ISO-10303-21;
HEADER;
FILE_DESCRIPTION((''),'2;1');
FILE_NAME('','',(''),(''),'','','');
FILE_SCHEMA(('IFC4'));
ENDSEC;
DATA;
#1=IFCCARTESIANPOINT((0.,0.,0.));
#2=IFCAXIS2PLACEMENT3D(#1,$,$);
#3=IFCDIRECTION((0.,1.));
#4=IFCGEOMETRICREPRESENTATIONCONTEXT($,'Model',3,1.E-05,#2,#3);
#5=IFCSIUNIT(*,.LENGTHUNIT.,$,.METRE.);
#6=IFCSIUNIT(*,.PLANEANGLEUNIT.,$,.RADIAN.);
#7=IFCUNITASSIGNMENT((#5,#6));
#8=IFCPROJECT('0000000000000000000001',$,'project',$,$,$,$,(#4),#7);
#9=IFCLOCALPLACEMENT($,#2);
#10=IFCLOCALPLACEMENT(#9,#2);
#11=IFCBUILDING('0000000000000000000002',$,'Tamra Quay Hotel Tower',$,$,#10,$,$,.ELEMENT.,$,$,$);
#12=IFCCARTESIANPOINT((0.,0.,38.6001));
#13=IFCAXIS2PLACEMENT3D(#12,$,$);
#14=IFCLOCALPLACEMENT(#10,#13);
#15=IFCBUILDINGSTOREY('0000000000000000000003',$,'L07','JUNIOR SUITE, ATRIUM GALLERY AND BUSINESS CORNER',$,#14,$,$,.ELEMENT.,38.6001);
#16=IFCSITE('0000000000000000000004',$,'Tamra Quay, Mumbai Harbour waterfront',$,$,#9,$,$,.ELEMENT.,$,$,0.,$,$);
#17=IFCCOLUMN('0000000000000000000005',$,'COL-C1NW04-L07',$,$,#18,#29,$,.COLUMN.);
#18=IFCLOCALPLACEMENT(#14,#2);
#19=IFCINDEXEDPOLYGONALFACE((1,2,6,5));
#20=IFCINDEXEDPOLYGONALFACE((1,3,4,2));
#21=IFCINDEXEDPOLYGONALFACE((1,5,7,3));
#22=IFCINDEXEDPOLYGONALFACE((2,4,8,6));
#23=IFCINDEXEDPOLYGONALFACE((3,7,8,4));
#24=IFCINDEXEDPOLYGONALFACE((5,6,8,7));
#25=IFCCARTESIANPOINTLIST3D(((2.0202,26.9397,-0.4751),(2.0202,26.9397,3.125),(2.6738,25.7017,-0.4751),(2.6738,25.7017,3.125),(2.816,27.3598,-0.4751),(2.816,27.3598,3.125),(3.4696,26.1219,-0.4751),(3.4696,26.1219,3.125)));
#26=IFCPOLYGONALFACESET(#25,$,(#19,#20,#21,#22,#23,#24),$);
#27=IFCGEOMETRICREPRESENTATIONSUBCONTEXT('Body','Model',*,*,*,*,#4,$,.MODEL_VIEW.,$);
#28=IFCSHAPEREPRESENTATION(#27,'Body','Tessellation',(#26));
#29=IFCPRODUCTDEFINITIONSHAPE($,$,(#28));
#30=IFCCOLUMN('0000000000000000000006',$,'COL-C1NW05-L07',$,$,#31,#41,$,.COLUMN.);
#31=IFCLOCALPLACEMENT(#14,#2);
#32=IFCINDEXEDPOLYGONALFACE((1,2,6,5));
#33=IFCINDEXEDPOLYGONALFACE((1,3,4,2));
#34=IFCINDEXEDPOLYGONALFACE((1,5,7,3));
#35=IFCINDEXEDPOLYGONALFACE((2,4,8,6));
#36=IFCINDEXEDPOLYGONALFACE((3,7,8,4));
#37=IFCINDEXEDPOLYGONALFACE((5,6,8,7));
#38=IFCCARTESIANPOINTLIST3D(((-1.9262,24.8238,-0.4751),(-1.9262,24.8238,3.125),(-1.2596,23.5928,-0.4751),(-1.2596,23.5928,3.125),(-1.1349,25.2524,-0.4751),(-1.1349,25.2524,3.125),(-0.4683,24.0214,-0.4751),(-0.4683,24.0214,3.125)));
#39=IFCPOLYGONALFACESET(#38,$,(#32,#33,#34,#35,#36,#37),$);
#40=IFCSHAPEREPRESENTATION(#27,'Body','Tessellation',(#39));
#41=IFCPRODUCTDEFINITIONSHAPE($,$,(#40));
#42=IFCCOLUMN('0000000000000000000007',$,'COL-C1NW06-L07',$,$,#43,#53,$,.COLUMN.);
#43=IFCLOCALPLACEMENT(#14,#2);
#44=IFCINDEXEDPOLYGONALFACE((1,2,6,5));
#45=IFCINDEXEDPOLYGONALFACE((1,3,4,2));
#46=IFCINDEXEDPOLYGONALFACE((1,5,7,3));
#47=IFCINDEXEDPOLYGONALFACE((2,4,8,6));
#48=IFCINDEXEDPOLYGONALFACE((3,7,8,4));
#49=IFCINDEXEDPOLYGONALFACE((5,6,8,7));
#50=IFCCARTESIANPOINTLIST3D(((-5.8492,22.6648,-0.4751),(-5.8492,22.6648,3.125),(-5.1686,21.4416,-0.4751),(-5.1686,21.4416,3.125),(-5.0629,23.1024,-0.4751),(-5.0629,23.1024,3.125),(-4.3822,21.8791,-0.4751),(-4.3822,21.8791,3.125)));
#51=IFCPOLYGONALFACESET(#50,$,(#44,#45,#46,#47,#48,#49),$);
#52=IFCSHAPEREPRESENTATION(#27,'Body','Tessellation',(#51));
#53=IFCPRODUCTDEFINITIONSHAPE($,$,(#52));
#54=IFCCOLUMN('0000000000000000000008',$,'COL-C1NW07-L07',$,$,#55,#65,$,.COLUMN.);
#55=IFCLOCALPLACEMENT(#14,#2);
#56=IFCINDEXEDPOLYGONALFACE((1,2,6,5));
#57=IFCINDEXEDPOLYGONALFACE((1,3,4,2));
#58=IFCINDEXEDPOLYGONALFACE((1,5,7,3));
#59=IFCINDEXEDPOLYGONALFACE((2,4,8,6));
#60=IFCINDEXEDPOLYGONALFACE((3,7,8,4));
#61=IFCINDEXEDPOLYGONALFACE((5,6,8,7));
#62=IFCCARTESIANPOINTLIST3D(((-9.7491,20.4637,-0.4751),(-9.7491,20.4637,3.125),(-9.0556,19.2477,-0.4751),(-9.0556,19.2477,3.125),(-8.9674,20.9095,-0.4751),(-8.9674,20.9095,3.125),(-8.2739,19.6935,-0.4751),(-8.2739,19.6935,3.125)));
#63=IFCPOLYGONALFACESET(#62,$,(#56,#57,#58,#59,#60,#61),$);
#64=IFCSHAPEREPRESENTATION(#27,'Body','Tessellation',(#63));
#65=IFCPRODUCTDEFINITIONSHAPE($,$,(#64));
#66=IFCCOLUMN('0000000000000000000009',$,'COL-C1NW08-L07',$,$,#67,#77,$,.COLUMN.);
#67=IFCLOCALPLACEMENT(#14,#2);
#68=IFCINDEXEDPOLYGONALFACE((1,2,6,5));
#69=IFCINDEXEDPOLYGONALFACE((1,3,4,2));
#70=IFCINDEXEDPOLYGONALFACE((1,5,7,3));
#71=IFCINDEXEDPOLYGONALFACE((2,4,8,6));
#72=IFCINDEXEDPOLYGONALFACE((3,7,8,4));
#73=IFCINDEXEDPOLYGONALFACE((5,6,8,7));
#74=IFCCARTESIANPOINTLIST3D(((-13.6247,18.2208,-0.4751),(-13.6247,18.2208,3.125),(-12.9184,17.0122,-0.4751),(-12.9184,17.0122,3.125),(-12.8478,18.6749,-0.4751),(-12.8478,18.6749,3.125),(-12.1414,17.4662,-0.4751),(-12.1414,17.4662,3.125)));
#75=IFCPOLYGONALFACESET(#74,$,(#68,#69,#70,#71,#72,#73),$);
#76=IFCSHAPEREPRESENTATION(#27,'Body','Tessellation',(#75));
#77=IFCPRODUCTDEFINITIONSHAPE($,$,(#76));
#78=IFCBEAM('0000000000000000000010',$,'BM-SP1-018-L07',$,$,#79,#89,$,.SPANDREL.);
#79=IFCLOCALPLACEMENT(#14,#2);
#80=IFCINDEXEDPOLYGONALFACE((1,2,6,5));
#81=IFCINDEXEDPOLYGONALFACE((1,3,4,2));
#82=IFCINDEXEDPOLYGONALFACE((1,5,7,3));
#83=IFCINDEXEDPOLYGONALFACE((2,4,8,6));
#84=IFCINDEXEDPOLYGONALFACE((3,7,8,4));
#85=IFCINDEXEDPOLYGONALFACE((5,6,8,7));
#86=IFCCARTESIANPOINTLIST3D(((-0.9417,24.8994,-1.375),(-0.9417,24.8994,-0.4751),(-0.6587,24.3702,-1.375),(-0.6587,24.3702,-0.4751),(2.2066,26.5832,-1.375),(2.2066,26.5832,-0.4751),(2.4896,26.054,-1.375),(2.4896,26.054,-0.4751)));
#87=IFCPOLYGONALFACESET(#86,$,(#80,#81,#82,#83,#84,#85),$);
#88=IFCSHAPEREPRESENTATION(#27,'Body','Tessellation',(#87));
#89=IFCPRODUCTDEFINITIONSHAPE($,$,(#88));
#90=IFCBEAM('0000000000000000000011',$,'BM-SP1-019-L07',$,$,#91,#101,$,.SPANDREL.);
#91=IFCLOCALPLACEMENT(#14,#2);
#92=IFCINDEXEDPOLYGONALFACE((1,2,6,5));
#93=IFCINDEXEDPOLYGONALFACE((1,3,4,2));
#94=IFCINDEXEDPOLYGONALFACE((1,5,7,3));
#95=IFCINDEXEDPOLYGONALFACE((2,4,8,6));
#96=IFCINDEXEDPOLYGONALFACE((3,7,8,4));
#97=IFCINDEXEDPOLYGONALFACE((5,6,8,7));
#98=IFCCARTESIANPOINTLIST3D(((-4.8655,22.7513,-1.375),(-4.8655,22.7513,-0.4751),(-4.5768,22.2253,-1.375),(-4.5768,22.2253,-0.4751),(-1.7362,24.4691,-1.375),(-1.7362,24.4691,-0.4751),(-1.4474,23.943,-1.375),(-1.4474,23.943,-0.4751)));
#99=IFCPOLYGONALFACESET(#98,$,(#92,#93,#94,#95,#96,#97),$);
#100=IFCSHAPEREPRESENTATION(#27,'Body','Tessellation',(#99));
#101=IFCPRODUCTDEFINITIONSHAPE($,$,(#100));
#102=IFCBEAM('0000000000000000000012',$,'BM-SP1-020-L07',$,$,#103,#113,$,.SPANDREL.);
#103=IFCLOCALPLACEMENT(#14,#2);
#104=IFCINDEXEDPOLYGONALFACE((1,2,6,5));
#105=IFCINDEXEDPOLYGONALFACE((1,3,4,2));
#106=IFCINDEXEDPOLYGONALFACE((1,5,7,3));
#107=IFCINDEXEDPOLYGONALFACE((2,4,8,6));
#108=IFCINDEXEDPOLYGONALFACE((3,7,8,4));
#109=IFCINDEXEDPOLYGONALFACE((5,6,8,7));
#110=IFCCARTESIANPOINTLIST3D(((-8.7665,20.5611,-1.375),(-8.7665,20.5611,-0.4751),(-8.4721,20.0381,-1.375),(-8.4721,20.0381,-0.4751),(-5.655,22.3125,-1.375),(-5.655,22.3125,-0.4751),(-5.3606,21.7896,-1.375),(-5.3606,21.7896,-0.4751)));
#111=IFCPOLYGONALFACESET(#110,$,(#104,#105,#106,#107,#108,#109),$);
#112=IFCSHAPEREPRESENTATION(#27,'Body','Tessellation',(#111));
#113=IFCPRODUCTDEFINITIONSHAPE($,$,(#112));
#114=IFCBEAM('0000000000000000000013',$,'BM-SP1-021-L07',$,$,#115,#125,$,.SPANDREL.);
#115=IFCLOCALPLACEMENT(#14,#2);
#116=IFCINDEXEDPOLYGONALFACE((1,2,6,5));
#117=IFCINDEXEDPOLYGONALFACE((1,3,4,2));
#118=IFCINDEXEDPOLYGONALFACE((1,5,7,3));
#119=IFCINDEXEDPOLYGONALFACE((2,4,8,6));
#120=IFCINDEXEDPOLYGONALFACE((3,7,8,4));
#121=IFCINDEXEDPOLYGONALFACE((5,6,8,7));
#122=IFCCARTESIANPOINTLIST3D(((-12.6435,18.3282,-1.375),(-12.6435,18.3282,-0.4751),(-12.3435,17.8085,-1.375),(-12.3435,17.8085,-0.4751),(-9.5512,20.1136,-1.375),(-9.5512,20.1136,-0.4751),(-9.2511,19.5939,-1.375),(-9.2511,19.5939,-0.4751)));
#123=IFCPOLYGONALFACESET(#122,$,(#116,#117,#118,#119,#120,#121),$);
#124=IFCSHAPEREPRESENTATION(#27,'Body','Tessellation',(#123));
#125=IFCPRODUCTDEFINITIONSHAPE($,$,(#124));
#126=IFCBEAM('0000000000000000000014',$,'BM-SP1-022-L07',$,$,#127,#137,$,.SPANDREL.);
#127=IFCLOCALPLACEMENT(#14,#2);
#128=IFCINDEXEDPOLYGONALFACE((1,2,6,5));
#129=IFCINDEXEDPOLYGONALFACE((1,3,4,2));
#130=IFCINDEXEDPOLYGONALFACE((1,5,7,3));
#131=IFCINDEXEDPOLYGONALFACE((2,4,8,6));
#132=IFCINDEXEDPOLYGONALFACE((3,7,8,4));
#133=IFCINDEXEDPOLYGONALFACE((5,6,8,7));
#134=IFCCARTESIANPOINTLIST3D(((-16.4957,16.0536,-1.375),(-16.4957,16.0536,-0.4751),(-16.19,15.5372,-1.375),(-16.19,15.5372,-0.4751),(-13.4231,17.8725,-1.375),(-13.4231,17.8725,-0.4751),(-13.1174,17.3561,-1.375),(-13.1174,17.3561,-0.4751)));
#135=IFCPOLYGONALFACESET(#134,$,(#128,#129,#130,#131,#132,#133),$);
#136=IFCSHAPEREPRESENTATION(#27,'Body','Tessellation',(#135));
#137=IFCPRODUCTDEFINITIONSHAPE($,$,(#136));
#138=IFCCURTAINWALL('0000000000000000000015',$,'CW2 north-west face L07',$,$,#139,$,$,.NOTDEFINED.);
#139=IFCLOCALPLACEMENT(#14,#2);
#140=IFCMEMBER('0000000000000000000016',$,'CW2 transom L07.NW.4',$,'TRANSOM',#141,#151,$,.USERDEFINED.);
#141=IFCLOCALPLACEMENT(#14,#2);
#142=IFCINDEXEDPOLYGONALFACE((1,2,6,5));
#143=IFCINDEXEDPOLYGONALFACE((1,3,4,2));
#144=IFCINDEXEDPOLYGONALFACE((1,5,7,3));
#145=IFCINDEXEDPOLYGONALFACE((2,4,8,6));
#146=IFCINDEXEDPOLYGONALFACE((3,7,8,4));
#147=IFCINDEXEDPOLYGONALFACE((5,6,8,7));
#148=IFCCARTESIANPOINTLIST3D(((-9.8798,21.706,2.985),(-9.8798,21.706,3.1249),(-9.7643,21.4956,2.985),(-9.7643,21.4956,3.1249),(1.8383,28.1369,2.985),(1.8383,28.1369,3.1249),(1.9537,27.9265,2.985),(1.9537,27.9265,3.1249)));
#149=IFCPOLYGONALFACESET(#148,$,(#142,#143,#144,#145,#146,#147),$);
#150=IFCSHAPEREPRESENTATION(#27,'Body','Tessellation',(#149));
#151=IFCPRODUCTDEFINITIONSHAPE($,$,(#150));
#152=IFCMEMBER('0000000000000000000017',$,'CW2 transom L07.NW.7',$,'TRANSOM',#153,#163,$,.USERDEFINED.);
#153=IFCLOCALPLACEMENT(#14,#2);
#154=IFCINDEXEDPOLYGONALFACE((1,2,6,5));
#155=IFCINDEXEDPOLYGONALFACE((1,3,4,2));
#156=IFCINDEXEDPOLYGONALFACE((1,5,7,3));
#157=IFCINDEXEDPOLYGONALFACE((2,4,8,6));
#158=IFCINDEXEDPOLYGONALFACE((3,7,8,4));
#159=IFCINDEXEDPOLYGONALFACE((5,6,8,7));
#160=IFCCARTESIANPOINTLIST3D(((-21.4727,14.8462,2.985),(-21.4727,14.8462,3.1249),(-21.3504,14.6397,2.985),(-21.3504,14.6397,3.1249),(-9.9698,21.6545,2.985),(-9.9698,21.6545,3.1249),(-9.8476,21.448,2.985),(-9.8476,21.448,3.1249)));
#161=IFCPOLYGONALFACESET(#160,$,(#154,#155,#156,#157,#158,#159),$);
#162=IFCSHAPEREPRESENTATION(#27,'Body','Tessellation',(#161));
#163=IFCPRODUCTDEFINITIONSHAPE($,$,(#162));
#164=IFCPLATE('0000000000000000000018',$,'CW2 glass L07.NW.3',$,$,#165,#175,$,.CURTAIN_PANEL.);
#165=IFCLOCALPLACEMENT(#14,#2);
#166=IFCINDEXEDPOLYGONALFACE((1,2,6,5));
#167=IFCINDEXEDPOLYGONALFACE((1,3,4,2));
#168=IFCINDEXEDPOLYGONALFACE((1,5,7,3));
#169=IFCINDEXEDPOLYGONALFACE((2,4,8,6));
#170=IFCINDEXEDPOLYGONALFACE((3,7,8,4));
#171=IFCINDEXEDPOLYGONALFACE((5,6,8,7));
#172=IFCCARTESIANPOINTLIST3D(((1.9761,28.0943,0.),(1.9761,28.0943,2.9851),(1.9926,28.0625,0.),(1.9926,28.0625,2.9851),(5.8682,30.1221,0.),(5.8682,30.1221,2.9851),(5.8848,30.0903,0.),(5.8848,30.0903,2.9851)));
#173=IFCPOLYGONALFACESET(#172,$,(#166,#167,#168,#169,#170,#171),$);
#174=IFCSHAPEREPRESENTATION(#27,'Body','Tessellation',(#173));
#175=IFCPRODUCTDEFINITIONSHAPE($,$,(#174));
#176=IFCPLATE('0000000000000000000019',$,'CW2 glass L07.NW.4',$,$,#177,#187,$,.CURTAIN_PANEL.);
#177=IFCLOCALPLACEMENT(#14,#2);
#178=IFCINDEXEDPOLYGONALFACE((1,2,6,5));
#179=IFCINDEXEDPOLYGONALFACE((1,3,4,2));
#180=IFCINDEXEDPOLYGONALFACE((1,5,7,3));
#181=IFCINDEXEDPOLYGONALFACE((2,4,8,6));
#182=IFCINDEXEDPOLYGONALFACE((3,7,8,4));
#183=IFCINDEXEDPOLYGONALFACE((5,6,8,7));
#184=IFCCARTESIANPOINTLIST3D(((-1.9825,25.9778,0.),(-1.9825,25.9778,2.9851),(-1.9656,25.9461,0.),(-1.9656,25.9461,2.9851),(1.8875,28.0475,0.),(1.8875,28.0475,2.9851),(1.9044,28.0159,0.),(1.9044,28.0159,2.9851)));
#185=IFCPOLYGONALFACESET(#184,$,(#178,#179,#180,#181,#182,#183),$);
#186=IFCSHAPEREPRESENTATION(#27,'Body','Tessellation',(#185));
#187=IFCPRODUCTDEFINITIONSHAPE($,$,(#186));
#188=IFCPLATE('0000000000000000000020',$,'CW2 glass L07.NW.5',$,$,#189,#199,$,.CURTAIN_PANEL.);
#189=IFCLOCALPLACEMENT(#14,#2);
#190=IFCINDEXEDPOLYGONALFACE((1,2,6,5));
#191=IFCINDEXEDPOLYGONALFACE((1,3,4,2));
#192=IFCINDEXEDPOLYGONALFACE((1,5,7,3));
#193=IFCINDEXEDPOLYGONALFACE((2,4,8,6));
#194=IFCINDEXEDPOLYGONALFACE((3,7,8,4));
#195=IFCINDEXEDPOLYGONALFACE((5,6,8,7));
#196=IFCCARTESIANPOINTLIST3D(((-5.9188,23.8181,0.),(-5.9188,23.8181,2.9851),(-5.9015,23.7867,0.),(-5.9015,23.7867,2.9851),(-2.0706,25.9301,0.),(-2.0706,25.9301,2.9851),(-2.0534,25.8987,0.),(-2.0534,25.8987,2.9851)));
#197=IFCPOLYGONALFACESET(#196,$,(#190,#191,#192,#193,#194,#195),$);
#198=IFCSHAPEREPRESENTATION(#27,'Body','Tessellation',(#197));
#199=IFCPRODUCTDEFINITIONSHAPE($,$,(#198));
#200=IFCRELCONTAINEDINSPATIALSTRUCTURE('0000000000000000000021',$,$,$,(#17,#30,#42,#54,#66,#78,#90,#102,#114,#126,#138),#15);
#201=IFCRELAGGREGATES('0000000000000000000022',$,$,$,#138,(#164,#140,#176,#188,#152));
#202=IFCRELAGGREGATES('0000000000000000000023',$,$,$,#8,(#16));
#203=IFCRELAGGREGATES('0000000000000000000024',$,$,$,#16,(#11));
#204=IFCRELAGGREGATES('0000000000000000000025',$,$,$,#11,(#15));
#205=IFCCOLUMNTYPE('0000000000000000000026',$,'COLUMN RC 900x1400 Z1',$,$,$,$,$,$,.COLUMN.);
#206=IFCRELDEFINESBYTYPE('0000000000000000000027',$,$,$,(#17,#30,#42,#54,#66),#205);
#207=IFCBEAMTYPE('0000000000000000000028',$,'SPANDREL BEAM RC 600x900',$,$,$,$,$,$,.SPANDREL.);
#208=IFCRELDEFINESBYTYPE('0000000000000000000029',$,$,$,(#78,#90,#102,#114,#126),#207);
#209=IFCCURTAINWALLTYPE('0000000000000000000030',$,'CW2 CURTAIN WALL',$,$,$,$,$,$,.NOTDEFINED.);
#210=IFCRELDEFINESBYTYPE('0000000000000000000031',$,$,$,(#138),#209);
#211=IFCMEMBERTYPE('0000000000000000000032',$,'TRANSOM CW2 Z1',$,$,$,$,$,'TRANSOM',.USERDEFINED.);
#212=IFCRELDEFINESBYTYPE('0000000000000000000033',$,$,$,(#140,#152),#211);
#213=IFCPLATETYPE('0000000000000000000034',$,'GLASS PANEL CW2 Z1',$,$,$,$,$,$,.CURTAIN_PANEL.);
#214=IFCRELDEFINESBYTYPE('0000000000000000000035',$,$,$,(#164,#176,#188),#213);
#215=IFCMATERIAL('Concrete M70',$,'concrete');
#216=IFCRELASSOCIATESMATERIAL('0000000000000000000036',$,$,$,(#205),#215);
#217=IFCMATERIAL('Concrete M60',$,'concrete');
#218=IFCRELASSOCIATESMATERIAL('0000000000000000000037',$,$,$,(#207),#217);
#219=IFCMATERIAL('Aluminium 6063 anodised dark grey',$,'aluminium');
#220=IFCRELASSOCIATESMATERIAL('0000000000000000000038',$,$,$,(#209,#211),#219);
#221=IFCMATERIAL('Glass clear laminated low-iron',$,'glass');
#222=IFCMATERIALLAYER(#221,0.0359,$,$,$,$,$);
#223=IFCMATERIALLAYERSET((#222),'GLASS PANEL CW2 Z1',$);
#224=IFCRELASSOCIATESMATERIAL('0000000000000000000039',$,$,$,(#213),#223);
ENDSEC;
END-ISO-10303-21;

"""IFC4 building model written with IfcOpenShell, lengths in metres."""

from ifc_helpers import new_model, si_unit, direction, frame, origin, origin_2d, place, context, subcontext, project, spatial, rectangle, extrude, material, layer, layer_set, material_profile, profile_set, type_object, element, aggregate, save


model = new_model("IFC4")

# Units and contexts
model_context = context("Model", 3, precision=1e-05, world=origin(), true_north=direction((0.0, 1.0)))
body_context = subcontext(model_context, "Body", "Model", "MODEL_VIEW")
ifc_project = project(units=[si_unit("LENGTHUNIT", "METRE"), si_unit("PLANEANGLEUNIT", "RADIAN")], contexts=[model_context])

# Site, building, storey
site_placement = place(None, origin())
site = spatial("IfcSite", under=ifc_project, at=site_placement, Name="Tamra Quay, Mumbai Harbour waterfront", CompositionType="ELEMENT", RefElevation=0.0)
building_placement = place(site_placement, origin())
building = spatial("IfcBuilding", under=site, at=building_placement, Name="Tamra Quay Hotel Tower", CompositionType="ELEMENT")
storey_placement = place(building_placement, frame((0.0, 0.0, 38.6001)))
storey = spatial("IfcBuildingStorey", under=building, at=storey_placement, Name="L07", Description="JUNIOR SUITE, ATRIUM GALLERY AND BUSINESS CORNER", CompositionType="ELEMENT", Elevation=38.6001)

# Columns
ifc_material_1 = material(Name="Concrete M70", Category="concrete")
ifc_material_profile_1 = material_profile(ifc_material_1, rectangle(XDim=1.3999, YDim=0.8999, at=origin_2d()), Name="COLUMN RC 900x1400 Z1")
ifc_profile_set_1 = profile_set([ifc_material_profile_1], Name="Concrete M70")
column_type = type_object("IfcColumnType", Name="COLUMN RC 900x1400 Z1", PredefinedType="COLUMN", material=ifc_profile_set_1)
for number, where, z_axis, x_axis, name in (
    (1, (2.7449, 26.5308, -0.4751), (0.0, 0.0, 1.0), (-0.466896, 0.884312, 0.0), "COL-C1NW04-L07"),
    (2, (-1.1973, 24.4226, -0.4751), (0.0, 0.0, 1.0), (-0.476198, 0.879338, 0.0), "COL-C1NW05-L07"),
    (3, (-5.1157, 22.272, -0.4751), (0.0, 0.0, 1.0), (-0.486221, 0.873836, 0.0), "COL-C1NW06-L07"),
    (4, (-9.0115, 20.0786, -0.4751), (0.0, 0.0, 1.0), (-0.495421, 0.868653, 0.0), "COL-C1NW07-L07"),
    (5, (-12.8831, 17.8435, -0.4751), (0.0, 0.0, 1.0), (-0.504565, 0.863374, 0.0), "COL-C1NW08-L07"),
):
    element("IfcColumn", number, at=place(storey_placement, frame(where, z_axis=z_axis, x_axis=x_axis)), inside=storey, type_object=column_type, Name=name, PredefinedType="COLUMN", context=body_context, shape_type="SweptSolid", body=[
        extrude(rectangle(XDim=1.3999, YDim=0.8999, at=origin_2d()), origin(), (0.0, 0.0, 1.0), 3.6001),
    ])

# Beams
ifc_material_2 = material(Name="Concrete M60", Category="concrete")
ifc_material_profile_2 = material_profile(ifc_material_2, rectangle(XDim=0.6001, YDim=0.8999, at=origin_2d()), Name="SPANDREL BEAM RC 600x900")
ifc_profile_set_2 = profile_set([ifc_material_profile_2], Name="Concrete M60")
beam_type = type_object("IfcBeamType", Name="SPANDREL BEAM RC 600x900", PredefinedType="SPANDREL", material=ifc_profile_set_2)
beam_1_placement = place(storey_placement, frame((2.3481, 26.3186, -0.925), z_axis=(-0.881809, -0.471607, 0.0), x_axis=(0.471607, -0.881809, 0.0)))
element("IfcBeam", 6, at=beam_1_placement, inside=storey, type_object=beam_type, Name="BM-SP1-018-L07", PredefinedType="SPANDREL", context=body_context, shape_type="SweptSolid", body=[
    extrude(rectangle(XDim=0.6001, YDim=0.8999, at=origin_2d()), origin(), (0.0, 0.0, 1.0), 3.5703),
])
beam_2_placement = place(storey_placement, frame((-1.5918, 24.2061, -0.925), z_axis=(-0.876617, -0.481189, 0.0), x_axis=(0.481189, -0.876617, 0.0)))
element("IfcBeam", 7, at=beam_2_placement, inside=storey, type_object=beam_type, Name="BM-SP1-019-L07", PredefinedType="SPANDREL", context=body_context, shape_type="SweptSolid", body=[
    extrude(rectangle(XDim=0.6001, YDim=0.8999, at=origin_2d()), origin(), (0.0, 0.0, 1.0), 3.5698),
])
beam_3_placement = place(storey_placement, frame((-5.5078, 22.051, -0.925), z_axis=(-0.871431, -0.490518, 0.0), x_axis=(0.490518, -0.871431, 0.0)))
element("IfcBeam", 8, at=beam_3_placement, inside=storey, type_object=beam_type, Name="BM-SP1-020-L07", PredefinedType="SPANDREL", context=body_context, shape_type="SweptSolid", body=[
    extrude(rectangle(XDim=0.6001, YDim=0.8999, at=origin_2d()), origin(), (0.0, 0.0, 1.0), 3.5706),
])
beam_4_placement = place(storey_placement, frame((-9.4011, 19.8538, -0.925), z_axis=(-0.866017, -0.500014, 0.0), x_axis=(0.500014, -0.866017, 0.0)))
element("IfcBeam", 9, at=beam_4_placement, inside=storey, type_object=beam_type, Name="BM-SP1-021-L07", PredefinedType="SPANDREL", context=body_context, shape_type="SweptSolid", body=[
    extrude(rectangle(XDim=0.6001, YDim=0.8999, at=origin_2d()), origin(), (0.0, 0.0, 1.0), 3.5708),
])
beam_5_placement = place(storey_placement, frame((-13.2703, 17.6143, -0.925), z_axis=(-0.860525, -0.509409, 0.0), x_axis=(0.509409, -0.860525, 0.0)))
element("IfcBeam", 10, at=beam_5_placement, inside=storey, type_object=beam_type, Name="BM-SP1-022-L07", PredefinedType="SPANDREL", context=body_context, shape_type="SweptSolid", body=[
    extrude(rectangle(XDim=0.6001, YDim=0.8999, at=origin_2d()), origin(), (0.0, 0.0, 1.0), 3.5706),
])

# Curtain wall, members, plates
ifc_material_3 = material(Name="Aluminium 6063 anodised dark grey", Category="aluminium")
curtain_wall_type = type_object("IfcCurtainWallType", Name="CW2 CURTAIN WALL", PredefinedType="NOTDEFINED", material=ifc_material_3)
curtain_wall_placement = place(storey_placement, origin())
curtain_wall = element("IfcCurtainWall", 11, at=curtain_wall_placement, inside=storey, type_object=curtain_wall_type, Name="CW2 north-west face L07", PredefinedType="NOTDEFINED")
ifc_material_profile_3 = material_profile(ifc_material_3, rectangle(XDim=0.24, YDim=0.1399, at=origin_2d()), Name="TRANSOM 240X140")
ifc_profile_set_3 = profile_set([ifc_material_profile_3], Name="Aluminium 6063 anodised dark grey")
member_type = type_object("IfcMemberType", Name="TRANSOM CW2 Z1", ElementType="TRANSOM", PredefinedType="USERDEFINED", material=ifc_profile_set_3)
member_1_placement = place(storey_placement, frame((1.896, 28.0317, 3.0549), z_axis=(-0.876658, -0.481114, 0.0), x_axis=(0.481114, -0.876658, 0.0)))
member_1 = element("IfcMember", 12, at=member_1_placement, type_object=member_type, Name="CW2 transom L07.NW.4", ObjectType="TRANSOM", PredefinedType="USERDEFINED", context=body_context, shape_type="SweptSolid", body=[
    extrude(rectangle(XDim=0.24, YDim=0.1399, at=origin_2d()), origin(), (0.0, 0.0, 1.0), 13.3667),
])
member_2_placement = place(storey_placement, frame((-9.9087, 21.5513, 3.0549), z_axis=(-0.860561, -0.509348, 0.0), x_axis=(0.509348, -0.860561, 0.0)))
member_2 = element("IfcMember", 13, at=member_2_placement, type_object=member_type, Name="CW2 transom L07.NW.7", ObjectType="TRANSOM", PredefinedType="USERDEFINED", context=body_context, shape_type="SweptSolid", body=[
    extrude(rectangle(XDim=0.24, YDim=0.1399, at=origin_2d()), origin(), (0.0, 0.0, 1.0), 13.3667),
])
ifc_material_4 = material(Name="Glass clear laminated low-iron", Category="glass")
ifc_layer_1 = layer(ifc_material_4, 0.0359)
ifc_layer_set_1 = layer_set([ifc_layer_1], Name="GLASS PANEL CW2 Z1")
plate_type = type_object("IfcPlateType", Name="GLASS PANEL CW2 Z1", PredefinedType="CURTAIN_PANEL", material=ifc_layer_set_1)
plate_1_placement = place(storey_placement, frame((3.9304, 29.0923, 0.0), z_axis=(0.0, 0.0, 1.0), x_axis=(-0.886857, -0.462045, 0.0)))
plate_1 = element("IfcPlate", 14, at=plate_1_placement, type_object=plate_type, Name="CW2 glass L07.NW.3", PredefinedType="CURTAIN_PANEL", context=body_context, shape_type="SweptSolid", body=[
    extrude(rectangle(XDim=4.3887, YDim=0.0359, at=origin_2d()), origin(), (0.0, 0.0, 1.0), 2.9851),
])
plate_2_placement = place(storey_placement, frame((-0.0391, 26.9968, 0.0), z_axis=(0.0, 0.0, 1.0), x_axis=(-0.881806, -0.471612, 0.0)))
plate_2 = element("IfcPlate", 15, at=plate_2_placement, type_object=plate_type, Name="CW2 glass L07.NW.4", PredefinedType="CURTAIN_PANEL", context=body_context, shape_type="SweptSolid", body=[
    extrude(rectangle(XDim=4.3887, YDim=0.0359, at=origin_2d()), origin(), (0.0, 0.0, 1.0), 2.9851),
])
plate_3_placement = place(storey_placement, frame((-3.9861, 24.8584, 0.0), z_axis=(0.0, 0.0, 1.0), x_axis=(-0.876651, -0.481127, 0.0)))
plate_3 = element("IfcPlate", 16, at=plate_3_placement, type_object=plate_type, Name="CW2 glass L07.NW.5", PredefinedType="CURTAIN_PANEL", context=body_context, shape_type="SweptSolid", body=[
    extrude(rectangle(XDim=4.3896, YDim=0.0359, at=origin_2d()), origin(), (0.0, 0.0, 1.0), 2.9851),
])
aggregate(curtain_wall, [plate_1, member_1, plate_2, plate_3, member_2])

save(model, "model.ifc")
